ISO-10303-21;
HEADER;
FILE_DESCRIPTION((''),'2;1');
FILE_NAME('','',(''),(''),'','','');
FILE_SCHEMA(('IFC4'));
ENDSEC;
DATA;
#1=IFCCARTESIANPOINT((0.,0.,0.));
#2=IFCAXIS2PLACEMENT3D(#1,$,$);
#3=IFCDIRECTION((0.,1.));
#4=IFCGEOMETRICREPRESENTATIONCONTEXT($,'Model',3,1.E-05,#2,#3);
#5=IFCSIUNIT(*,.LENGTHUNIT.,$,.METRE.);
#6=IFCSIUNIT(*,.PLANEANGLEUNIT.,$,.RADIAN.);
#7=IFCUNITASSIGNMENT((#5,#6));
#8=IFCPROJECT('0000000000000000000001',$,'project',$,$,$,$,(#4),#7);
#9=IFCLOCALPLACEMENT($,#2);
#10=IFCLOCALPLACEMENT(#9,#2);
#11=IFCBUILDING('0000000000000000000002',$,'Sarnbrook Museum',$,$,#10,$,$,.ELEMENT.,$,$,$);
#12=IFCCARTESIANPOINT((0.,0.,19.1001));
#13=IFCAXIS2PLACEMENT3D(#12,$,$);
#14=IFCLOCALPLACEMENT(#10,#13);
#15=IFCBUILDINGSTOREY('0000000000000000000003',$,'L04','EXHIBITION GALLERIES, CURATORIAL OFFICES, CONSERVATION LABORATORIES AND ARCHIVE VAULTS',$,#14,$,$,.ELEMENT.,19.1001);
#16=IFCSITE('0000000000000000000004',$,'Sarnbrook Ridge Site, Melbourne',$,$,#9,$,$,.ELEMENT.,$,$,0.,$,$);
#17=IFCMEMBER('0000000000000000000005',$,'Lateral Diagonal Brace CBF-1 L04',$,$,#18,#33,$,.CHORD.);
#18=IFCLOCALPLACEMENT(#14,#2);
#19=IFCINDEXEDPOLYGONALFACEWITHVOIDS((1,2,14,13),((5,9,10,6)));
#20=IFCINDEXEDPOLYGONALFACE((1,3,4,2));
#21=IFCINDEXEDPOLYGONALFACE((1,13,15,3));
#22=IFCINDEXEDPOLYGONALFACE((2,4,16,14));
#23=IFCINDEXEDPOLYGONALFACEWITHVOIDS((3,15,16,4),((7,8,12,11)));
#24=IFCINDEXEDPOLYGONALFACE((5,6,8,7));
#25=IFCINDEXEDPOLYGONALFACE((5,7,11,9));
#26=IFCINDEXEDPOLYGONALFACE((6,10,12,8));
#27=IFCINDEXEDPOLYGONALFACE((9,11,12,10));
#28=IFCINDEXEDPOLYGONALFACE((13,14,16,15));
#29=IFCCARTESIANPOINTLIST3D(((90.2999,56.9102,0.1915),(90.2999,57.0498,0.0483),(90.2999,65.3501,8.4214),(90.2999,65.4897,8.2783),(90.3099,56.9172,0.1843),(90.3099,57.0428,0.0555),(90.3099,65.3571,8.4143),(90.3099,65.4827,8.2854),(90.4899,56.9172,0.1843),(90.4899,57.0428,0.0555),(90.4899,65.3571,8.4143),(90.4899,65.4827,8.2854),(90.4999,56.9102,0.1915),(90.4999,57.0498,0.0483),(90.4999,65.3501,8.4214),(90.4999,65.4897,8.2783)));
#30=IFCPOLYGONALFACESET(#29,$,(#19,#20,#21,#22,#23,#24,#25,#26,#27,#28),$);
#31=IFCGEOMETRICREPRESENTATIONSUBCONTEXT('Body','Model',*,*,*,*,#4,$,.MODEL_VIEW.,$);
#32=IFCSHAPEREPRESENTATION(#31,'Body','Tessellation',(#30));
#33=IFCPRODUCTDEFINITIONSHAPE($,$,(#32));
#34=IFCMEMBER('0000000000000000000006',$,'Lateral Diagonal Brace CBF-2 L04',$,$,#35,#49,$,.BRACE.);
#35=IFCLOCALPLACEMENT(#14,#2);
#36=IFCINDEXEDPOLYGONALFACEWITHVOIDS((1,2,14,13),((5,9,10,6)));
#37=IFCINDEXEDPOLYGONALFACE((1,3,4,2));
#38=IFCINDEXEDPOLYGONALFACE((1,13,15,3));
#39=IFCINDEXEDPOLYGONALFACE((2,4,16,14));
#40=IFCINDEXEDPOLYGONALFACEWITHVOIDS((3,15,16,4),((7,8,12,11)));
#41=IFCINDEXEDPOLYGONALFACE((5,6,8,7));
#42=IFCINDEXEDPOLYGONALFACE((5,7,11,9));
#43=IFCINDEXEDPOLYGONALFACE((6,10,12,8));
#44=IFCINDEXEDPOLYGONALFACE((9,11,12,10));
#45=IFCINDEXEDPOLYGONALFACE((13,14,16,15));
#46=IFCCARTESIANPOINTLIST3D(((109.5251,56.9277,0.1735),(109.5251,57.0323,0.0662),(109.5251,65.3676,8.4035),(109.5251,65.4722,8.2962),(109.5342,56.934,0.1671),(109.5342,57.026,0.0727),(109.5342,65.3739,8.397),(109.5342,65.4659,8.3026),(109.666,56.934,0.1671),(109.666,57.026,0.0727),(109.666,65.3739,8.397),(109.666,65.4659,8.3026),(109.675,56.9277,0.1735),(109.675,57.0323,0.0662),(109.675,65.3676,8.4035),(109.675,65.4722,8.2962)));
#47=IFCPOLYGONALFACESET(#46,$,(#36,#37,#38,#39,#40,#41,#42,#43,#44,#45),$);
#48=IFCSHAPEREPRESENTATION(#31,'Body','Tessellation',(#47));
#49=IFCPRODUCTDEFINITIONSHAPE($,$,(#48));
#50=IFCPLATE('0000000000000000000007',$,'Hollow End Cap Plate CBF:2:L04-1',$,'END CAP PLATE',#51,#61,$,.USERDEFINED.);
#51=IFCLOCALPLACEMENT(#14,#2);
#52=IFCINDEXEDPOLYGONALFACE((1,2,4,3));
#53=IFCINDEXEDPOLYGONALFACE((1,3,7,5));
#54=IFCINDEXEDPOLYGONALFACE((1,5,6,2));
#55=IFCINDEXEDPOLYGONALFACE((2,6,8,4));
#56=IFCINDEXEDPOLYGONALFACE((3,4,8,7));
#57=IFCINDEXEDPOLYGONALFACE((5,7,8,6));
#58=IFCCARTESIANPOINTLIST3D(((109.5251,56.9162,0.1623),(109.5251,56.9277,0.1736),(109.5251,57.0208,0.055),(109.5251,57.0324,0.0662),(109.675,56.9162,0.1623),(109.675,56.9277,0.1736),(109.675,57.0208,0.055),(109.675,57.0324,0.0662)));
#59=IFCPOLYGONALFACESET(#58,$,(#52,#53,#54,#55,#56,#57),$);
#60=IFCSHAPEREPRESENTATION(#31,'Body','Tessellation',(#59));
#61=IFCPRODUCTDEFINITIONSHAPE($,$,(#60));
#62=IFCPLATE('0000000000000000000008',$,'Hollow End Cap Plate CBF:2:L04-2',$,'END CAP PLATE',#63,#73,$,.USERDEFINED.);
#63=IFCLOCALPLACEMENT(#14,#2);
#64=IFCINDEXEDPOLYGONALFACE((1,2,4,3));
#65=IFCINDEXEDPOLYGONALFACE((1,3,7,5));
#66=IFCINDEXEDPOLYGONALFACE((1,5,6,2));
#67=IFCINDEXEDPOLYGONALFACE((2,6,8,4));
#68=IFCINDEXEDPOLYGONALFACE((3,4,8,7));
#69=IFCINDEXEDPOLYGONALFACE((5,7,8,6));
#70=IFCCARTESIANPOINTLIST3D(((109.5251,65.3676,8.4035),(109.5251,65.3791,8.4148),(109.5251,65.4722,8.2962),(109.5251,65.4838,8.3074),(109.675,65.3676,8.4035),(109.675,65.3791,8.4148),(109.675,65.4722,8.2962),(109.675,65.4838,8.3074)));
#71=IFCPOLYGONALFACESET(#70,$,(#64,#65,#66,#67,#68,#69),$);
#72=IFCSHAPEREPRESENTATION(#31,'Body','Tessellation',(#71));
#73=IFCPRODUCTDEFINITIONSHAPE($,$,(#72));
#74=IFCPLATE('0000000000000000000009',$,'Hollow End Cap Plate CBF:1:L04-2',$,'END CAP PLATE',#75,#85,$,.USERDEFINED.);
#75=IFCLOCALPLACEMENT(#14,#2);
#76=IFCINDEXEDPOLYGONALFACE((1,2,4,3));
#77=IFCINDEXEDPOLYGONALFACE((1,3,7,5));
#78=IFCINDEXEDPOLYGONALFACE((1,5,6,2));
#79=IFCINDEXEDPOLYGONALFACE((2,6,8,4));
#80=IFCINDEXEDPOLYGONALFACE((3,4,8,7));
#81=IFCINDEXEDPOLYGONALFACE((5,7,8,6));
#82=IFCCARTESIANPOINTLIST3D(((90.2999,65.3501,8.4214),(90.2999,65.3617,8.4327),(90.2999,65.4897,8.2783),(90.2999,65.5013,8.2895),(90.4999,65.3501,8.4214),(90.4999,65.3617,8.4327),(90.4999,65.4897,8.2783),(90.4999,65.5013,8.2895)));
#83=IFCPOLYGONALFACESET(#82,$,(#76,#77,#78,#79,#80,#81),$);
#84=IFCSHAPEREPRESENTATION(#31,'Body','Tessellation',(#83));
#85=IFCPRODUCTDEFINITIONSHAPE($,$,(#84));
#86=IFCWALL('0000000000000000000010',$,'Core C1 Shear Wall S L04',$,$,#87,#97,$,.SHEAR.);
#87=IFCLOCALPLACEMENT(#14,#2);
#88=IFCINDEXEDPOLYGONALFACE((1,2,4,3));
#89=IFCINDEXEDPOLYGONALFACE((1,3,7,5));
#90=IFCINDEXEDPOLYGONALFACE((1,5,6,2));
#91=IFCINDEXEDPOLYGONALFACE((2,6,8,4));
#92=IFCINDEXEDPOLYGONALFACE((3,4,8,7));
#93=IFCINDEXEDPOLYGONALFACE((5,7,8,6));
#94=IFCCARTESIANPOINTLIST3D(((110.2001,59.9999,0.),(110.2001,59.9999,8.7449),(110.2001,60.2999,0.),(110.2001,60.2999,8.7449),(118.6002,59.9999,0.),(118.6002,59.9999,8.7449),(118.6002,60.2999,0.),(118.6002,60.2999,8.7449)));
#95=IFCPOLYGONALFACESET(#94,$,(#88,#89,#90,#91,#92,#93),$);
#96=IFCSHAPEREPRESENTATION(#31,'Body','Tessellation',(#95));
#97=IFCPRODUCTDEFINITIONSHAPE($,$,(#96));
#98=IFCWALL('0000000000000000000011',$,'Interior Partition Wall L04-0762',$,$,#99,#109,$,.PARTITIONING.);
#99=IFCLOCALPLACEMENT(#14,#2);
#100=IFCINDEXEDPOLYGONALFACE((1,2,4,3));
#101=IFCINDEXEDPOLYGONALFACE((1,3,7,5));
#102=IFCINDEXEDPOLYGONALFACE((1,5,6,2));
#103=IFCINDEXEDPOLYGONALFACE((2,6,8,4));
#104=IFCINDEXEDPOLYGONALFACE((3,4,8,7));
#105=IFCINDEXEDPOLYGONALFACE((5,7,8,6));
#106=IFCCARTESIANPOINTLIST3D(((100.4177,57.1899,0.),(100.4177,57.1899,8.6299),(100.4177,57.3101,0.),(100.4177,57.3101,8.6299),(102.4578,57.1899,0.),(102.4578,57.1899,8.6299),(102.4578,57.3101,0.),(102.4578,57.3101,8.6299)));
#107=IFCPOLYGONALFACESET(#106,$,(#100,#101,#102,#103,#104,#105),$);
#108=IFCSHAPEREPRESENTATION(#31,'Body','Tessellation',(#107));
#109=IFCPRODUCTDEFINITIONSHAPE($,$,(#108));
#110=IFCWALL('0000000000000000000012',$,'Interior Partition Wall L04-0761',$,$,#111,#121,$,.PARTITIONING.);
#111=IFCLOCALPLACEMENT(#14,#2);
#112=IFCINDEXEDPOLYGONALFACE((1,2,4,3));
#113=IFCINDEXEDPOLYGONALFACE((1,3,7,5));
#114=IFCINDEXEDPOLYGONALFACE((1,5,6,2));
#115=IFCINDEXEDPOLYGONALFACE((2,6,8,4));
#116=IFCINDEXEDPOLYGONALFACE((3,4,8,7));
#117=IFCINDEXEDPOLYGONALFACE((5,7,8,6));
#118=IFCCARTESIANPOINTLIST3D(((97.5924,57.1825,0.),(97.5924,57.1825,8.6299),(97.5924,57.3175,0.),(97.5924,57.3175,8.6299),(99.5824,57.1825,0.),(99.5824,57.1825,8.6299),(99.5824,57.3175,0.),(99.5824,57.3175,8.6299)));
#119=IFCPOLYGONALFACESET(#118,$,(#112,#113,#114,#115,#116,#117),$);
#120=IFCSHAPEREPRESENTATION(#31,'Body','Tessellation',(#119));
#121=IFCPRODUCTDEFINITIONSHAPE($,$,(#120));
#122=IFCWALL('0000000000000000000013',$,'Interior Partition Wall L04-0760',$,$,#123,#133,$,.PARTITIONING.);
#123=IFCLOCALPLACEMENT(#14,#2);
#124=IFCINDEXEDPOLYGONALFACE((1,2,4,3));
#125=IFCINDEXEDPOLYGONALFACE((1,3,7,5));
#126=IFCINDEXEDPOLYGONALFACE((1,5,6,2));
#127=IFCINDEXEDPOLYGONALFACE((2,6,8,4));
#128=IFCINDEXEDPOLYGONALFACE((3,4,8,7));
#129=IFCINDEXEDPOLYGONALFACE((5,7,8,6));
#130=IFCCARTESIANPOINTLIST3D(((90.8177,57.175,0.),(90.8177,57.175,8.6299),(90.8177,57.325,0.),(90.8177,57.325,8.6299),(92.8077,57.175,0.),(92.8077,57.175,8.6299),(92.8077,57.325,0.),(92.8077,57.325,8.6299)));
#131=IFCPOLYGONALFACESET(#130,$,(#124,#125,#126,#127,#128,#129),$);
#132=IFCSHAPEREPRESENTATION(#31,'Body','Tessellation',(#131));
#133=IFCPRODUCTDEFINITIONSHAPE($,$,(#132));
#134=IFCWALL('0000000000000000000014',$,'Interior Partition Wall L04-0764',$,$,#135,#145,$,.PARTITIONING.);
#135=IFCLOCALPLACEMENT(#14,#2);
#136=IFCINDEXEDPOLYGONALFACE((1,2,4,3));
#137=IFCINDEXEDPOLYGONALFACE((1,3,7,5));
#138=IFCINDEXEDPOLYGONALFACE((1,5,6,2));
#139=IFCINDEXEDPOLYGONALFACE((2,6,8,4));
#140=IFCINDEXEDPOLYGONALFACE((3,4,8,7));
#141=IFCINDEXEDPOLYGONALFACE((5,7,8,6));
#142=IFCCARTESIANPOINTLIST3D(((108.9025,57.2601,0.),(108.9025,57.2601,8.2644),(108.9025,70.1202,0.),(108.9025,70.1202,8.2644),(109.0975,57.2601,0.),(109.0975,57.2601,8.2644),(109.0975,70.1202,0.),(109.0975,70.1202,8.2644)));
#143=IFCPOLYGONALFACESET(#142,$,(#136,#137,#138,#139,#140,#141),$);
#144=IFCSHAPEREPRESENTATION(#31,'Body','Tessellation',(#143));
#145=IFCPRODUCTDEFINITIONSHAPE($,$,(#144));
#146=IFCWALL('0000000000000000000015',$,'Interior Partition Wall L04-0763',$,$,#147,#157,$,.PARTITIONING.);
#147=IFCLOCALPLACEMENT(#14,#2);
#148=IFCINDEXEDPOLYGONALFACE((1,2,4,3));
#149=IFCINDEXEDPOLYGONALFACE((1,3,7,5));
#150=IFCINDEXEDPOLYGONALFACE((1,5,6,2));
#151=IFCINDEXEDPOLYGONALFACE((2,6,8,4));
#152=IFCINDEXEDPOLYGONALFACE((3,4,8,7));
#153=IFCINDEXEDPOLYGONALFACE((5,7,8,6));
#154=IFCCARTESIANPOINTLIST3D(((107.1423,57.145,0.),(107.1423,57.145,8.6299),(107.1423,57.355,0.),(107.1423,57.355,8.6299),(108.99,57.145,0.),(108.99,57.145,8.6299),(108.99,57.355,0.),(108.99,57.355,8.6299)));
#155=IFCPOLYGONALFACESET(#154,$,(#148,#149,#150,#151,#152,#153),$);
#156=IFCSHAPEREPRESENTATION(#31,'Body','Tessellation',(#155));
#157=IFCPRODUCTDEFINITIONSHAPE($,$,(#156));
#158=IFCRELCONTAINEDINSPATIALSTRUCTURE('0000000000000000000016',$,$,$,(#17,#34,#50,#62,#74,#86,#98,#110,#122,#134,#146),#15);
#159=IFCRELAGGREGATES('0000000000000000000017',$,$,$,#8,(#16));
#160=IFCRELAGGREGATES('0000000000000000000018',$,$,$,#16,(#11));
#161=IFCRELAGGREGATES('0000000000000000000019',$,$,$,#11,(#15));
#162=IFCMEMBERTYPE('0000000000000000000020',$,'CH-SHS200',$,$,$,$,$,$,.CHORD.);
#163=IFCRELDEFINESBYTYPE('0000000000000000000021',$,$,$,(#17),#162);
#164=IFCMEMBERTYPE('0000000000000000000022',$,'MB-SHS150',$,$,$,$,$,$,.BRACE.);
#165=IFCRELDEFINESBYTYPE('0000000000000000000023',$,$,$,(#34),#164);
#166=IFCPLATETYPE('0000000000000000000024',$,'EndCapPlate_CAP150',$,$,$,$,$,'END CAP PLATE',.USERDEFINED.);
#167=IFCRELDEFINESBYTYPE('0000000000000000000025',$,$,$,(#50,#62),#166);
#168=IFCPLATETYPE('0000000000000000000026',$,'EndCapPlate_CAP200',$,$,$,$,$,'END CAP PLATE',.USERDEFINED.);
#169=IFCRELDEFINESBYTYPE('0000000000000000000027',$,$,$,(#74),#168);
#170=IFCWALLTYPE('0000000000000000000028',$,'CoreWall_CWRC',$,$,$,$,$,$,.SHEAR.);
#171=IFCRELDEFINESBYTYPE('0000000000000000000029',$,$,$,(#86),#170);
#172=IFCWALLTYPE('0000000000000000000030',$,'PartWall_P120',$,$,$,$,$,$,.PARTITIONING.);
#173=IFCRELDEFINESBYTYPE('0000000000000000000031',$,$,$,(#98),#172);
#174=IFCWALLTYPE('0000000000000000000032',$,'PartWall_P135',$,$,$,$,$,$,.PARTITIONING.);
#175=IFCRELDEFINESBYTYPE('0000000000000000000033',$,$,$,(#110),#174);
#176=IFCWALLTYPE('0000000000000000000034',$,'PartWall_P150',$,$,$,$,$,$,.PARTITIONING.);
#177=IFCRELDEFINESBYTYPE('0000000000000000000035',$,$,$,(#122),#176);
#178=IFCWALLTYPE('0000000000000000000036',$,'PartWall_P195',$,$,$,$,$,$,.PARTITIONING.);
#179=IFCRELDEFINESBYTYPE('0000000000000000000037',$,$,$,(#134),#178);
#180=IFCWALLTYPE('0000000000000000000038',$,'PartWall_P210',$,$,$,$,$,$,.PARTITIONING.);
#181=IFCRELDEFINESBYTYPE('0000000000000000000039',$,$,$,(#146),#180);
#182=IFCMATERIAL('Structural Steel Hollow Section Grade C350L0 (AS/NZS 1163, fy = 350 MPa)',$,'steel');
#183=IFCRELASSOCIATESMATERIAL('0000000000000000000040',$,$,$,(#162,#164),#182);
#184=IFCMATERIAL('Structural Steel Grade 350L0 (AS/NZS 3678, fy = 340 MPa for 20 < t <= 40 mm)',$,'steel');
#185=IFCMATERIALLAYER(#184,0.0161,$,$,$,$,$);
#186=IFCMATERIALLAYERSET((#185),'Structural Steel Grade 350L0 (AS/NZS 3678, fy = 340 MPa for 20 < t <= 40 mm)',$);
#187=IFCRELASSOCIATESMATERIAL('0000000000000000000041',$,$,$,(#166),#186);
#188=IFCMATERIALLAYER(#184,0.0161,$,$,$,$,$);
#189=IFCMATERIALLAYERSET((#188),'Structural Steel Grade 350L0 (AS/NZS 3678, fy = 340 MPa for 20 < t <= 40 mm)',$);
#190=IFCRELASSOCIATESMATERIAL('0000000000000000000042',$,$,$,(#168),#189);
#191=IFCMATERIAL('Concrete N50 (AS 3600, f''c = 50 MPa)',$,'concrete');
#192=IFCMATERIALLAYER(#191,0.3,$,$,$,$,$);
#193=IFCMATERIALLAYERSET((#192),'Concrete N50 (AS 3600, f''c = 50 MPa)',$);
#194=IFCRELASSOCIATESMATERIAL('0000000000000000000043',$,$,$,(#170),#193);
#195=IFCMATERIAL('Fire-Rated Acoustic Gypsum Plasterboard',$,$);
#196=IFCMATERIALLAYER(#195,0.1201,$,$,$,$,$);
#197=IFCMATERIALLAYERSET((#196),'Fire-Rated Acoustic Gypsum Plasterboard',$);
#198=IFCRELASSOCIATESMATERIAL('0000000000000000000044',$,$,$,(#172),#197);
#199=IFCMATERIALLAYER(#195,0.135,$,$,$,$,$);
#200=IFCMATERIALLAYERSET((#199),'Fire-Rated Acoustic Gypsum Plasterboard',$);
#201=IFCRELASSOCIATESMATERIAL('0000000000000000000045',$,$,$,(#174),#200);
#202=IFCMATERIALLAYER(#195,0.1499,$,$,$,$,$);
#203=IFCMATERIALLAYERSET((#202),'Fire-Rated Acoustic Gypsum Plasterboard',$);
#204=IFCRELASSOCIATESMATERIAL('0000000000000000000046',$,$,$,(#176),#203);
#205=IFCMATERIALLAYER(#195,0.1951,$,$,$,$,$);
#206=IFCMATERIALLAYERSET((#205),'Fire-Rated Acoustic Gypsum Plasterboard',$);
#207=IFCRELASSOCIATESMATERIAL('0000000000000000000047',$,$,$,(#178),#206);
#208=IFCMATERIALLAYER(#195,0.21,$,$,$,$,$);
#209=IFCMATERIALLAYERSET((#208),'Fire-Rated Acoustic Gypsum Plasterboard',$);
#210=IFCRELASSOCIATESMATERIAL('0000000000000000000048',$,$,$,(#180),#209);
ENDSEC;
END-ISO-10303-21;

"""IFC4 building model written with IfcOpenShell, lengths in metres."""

from ifc_helpers import new_model, si_unit, direction, frame, frame_2d, origin, origin_2d, place, context, subcontext, project, spatial, rectangle, hollow_rectangle, extrude, material, layer, layer_set, material_profile, profile_set, type_object, element, save


model = new_model("IFC4")

# Units and contexts
model_context = context("Model", 3, precision=1e-05, world=origin(), true_north=direction((0.0, 1.0)))
body_context = subcontext(model_context, "Body", "Model", "MODEL_VIEW")
ifc_project = project(units=[si_unit("LENGTHUNIT", "METRE"), si_unit("PLANEANGLEUNIT", "RADIAN")], contexts=[model_context])

# Site, building, storey
site_placement = place(None, origin())
site = spatial("IfcSite", under=ifc_project, at=site_placement, Name="Sarnbrook Ridge Site, Melbourne", CompositionType="ELEMENT", RefElevation=0.0)
building_placement = place(site_placement, origin())
building = spatial("IfcBuilding", under=site, at=building_placement, Name="Sarnbrook Museum", CompositionType="ELEMENT")
storey_placement = place(building_placement, frame((0.0, 0.0, 19.1001)))
storey = spatial("IfcBuildingStorey", under=building, at=storey_placement, Name="L04", Description="EXHIBITION GALLERIES, CURATORIAL OFFICES, CONSERVATION LABORATORIES AND ARCHIVE VAULTS", CompositionType="ELEMENT", Elevation=19.1001)

# Members
ifc_material_1 = material(Name="Structural Steel Hollow Section Grade C350L0 (AS/NZS 1163, fy = 350 MPa)", Category="steel")
ifc_material_profile_1 = material_profile(ifc_material_1, hollow_rectangle(XDim=0.2, YDim=0.2, WallThickness=0.01, at=origin_2d()), Name="200x200x10.0SHS")
ifc_profile_set_1 = profile_set([ifc_material_profile_1], Name="Structural Steel Hollow Section Grade C350L0 (AS/NZS 1163, fy = 350 MPa)")
member_type_1 = type_object("IfcMemberType", Name="CH-SHS200", PredefinedType="CHORD", material=ifc_profile_set_1)
member_1_placement = place(storey_placement, frame((90.3999, 56.98, 0.1199), z_axis=(0.0, 0.715956, 0.698145), x_axis=(-1.0, 0.0, 0.0)))
element("IfcMember", 1, at=member_1_placement, inside=storey, type_object=member_type_1, Name="Lateral Diagonal Brace CBF-1 L04", PredefinedType="CHORD", context=body_context, shape_type="SweptSolid", body=[
    extrude(hollow_rectangle(XDim=0.2, YDim=0.2, WallThickness=0.01, at=origin_2d()), origin(), (0.0, 0.0, 1.0), 11.7883),
])
ifc_material_profile_2 = material_profile(ifc_material_1, hollow_rectangle(XDim=0.1499, YDim=0.1499, WallThickness=0.009, at=origin_2d()), Name="150x150x9.0SHS")
ifc_profile_set_2 = profile_set([ifc_material_profile_2], Name="Structural Steel Hollow Section Grade C350L0 (AS/NZS 1163, fy = 350 MPa)")
member_type_2 = type_object("IfcMemberType", Name="MB-SHS150", PredefinedType="BRACE", material=ifc_profile_set_2)
member_2_placement = place(storey_placement, frame((109.6001, 56.98, 0.1199), z_axis=(0.0, 0.715956, 0.698145), x_axis=(-1.0, 0.0, 0.0)))
element("IfcMember", 2, at=member_2_placement, inside=storey, type_object=member_type_2, Name="Lateral Diagonal Brace CBF-2 L04", PredefinedType="BRACE", context=body_context, shape_type="SweptSolid", body=[
    extrude(hollow_rectangle(XDim=0.1499, YDim=0.1499, WallThickness=0.009, at=origin_2d()), origin(), (0.0, 0.0, 1.0), 11.7883),
])

# Plates
ifc_material_2 = material(Name="Structural Steel Grade 350L0 (AS/NZS 3678, fy = 340 MPa for 20 < t <= 40 mm)", Category="steel")
ifc_layer_1 = layer(ifc_material_2, 0.0161)
ifc_layer_set_1 = layer_set([ifc_layer_1], Name="Structural Steel Grade 350L0 (AS/NZS 3678, fy = 340 MPa for 20 < t <= 40 mm)")
plate_type_1 = type_object("IfcPlateType", Name="EndCapPlate_CAP150", ElementType="END CAP PLATE", PredefinedType="USERDEFINED", material=ifc_layer_set_1)
for number, where, z_axis, x_axis, name in (
    (3, (109.6001, 56.9685, 0.1086), (0.0, 0.715958, 0.698144), (-1.0, 0.0, 0.0), "Hollow End Cap Plate CBF:2:L04-1"),
    (4, (109.6001, 65.4199, 8.3499), (0.0, 0.715958, 0.698144), (-1.0, 0.0, 0.0), "Hollow End Cap Plate CBF:2:L04-2"),
):
    element("IfcPlate", number, at=place(storey_placement, frame(where, z_axis=z_axis, x_axis=x_axis)), inside=storey, type_object=plate_type_1, Name=name, ObjectType="END CAP PLATE", PredefinedType="USERDEFINED", context=body_context, shape_type="SweptSolid", body=[
        extrude(rectangle(XDim=0.1499, YDim=0.1499, at=origin_2d()), origin(), (0.0, 0.0, 1.0), 0.0161),
    ])
ifc_layer_2 = layer(ifc_material_2, 0.0161)
ifc_layer_set_2 = layer_set([ifc_layer_2], Name="Structural Steel Grade 350L0 (AS/NZS 3678, fy = 340 MPa for 20 < t <= 40 mm)")
plate_type_2 = type_object("IfcPlateType", Name="EndCapPlate_CAP200", ElementType="END CAP PLATE", PredefinedType="USERDEFINED", material=ifc_layer_set_2)
plate_placement = place(storey_placement, frame((90.3999, 65.4199, 8.3499), z_axis=(0.0, 0.715958, 0.698144), x_axis=(-1.0, 0.0, 0.0)))
element("IfcPlate", 5, at=plate_placement, inside=storey, type_object=plate_type_2, Name="Hollow End Cap Plate CBF:1:L04-2", ObjectType="END CAP PLATE", PredefinedType="USERDEFINED", context=body_context, shape_type="SweptSolid", body=[
    extrude(rectangle(XDim=0.2, YDim=0.2, at=origin_2d()), origin(), (0.0, 0.0, 1.0), 0.0161),
])

# Walls
ifc_material_3 = material(Name="Concrete N50 (AS 3600, f'c = 50 MPa)", Category="concrete")
ifc_layer_3 = layer(ifc_material_3, 0.3)
ifc_layer_set_3 = layer_set([ifc_layer_3], Name="Concrete N50 (AS 3600, f'c = 50 MPa)")
wall_type_1 = type_object("IfcWallType", Name="CoreWall_CWRC", PredefinedType="SHEAR", material=ifc_layer_set_3)
wall_1_placement = place(storey_placement, frame((110.2, 60.1499, 0.0), z_axis=(0.0, 0.0, 1.0), x_axis=(1.0, 0.0, 0.0)))
element("IfcWall", 6, at=wall_1_placement, inside=storey, type_object=wall_type_1, Name="Core C1 Shear Wall S L04", PredefinedType="SHEAR", context=body_context, shape_type="SweptSolid", body=[
    extrude(rectangle(XDim=8.4001, YDim=0.3, at=frame_2d((4.2002, 0.0))), origin(), (0.0, 0.0, 1.0), 8.7449),
])
ifc_material_4 = material(Name="Fire-Rated Acoustic Gypsum Plasterboard")
ifc_layer_4 = layer(ifc_material_4, 0.1201)
ifc_layer_set_4 = layer_set([ifc_layer_4], Name="Fire-Rated Acoustic Gypsum Plasterboard")
wall_type_2 = type_object("IfcWallType", Name="PartWall_P120", PredefinedType="PARTITIONING", material=ifc_layer_set_4)
wall_2_placement = place(storey_placement, frame((100.4177, 57.25, 0.0), z_axis=(0.0, 0.0, 1.0), x_axis=(1.0, 0.0, 0.0)))
element("IfcWall", 7, at=wall_2_placement, inside=storey, type_object=wall_type_2, Name="Interior Partition Wall L04-0762", PredefinedType="PARTITIONING", context=body_context, shape_type="SweptSolid", body=[
    extrude(rectangle(XDim=2.04, YDim=0.1201, at=frame_2d((1.02, 0.0))), origin(), (0.0, 0.0, 1.0), 8.6299),
])
ifc_layer_5 = layer(ifc_material_4, 0.135)
ifc_layer_set_5 = layer_set([ifc_layer_5], Name="Fire-Rated Acoustic Gypsum Plasterboard")
wall_type_3 = type_object("IfcWallType", Name="PartWall_P135", PredefinedType="PARTITIONING", material=ifc_layer_set_5)
wall_3_placement = place(storey_placement, frame((97.5923, 57.25, 0.0), z_axis=(0.0, 0.0, 1.0), x_axis=(1.0, 0.0, 0.0)))
element("IfcWall", 8, at=wall_3_placement, inside=storey, type_object=wall_type_3, Name="Interior Partition Wall L04-0761", PredefinedType="PARTITIONING", context=body_context, shape_type="SweptSolid", body=[
    extrude(rectangle(XDim=1.99, YDim=0.135, at=frame_2d((0.9951, 0.0))), origin(), (0.0, 0.0, 1.0), 8.6299),
])
ifc_layer_6 = layer(ifc_material_4, 0.1499)
ifc_layer_set_6 = layer_set([ifc_layer_6], Name="Fire-Rated Acoustic Gypsum Plasterboard")
wall_type_4 = type_object("IfcWallType", Name="PartWall_P150", PredefinedType="PARTITIONING", material=ifc_layer_set_6)
wall_4_placement = place(storey_placement, frame((90.8176, 57.25, 0.0), z_axis=(0.0, 0.0, 1.0), x_axis=(1.0, 0.0, 0.0)))
element("IfcWall", 9, at=wall_4_placement, inside=storey, type_object=wall_type_4, Name="Interior Partition Wall L04-0760", PredefinedType="PARTITIONING", context=body_context, shape_type="SweptSolid", body=[
    extrude(rectangle(XDim=1.99, YDim=0.1499, at=frame_2d((0.9951, 0.0))), origin(), (0.0, 0.0, 1.0), 8.6299),
])
ifc_layer_7 = layer(ifc_material_4, 0.1951)
ifc_layer_set_7 = layer_set([ifc_layer_7], Name="Fire-Rated Acoustic Gypsum Plasterboard")
wall_type_5 = type_object("IfcWallType", Name="PartWall_P195", PredefinedType="PARTITIONING", material=ifc_layer_set_7)
wall_5_placement = place(storey_placement, frame((109.0, 57.26, 0.0), z_axis=(0.0, 0.0, 1.0), x_axis=(0.0, 1.0, 0.0)))
element("IfcWall", 10, at=wall_5_placement, inside=storey, type_object=wall_type_5, Name="Interior Partition Wall L04-0764", PredefinedType="PARTITIONING", context=body_context, shape_type="SweptSolid", body=[
    extrude(rectangle(XDim=12.8601, YDim=0.1951, at=frame_2d((6.4302, 0.0))), origin(), (0.0, 0.0, 1.0), 8.2644),
])
ifc_layer_8 = layer(ifc_material_4, 0.21)
ifc_layer_set_8 = layer_set([ifc_layer_8], Name="Fire-Rated Acoustic Gypsum Plasterboard")
wall_type_6 = type_object("IfcWallType", Name="PartWall_P210", PredefinedType="PARTITIONING", material=ifc_layer_set_8)
wall_6_placement = place(storey_placement, frame((107.1423, 57.25, 0.0), z_axis=(0.0, 0.0, 1.0), x_axis=(1.0, 0.0, 0.0)))
element("IfcWall", 11, at=wall_6_placement, inside=storey, type_object=wall_type_6, Name="Interior Partition Wall L04-0763", PredefinedType="PARTITIONING", context=body_context, shape_type="SweptSolid", body=[
    extrude(rectangle(XDim=1.8477, YDim=0.21, at=frame_2d((0.9238, 0.0))), origin(), (0.0, 0.0, 1.0), 8.6299),
])

save(model, "model.ifc")
